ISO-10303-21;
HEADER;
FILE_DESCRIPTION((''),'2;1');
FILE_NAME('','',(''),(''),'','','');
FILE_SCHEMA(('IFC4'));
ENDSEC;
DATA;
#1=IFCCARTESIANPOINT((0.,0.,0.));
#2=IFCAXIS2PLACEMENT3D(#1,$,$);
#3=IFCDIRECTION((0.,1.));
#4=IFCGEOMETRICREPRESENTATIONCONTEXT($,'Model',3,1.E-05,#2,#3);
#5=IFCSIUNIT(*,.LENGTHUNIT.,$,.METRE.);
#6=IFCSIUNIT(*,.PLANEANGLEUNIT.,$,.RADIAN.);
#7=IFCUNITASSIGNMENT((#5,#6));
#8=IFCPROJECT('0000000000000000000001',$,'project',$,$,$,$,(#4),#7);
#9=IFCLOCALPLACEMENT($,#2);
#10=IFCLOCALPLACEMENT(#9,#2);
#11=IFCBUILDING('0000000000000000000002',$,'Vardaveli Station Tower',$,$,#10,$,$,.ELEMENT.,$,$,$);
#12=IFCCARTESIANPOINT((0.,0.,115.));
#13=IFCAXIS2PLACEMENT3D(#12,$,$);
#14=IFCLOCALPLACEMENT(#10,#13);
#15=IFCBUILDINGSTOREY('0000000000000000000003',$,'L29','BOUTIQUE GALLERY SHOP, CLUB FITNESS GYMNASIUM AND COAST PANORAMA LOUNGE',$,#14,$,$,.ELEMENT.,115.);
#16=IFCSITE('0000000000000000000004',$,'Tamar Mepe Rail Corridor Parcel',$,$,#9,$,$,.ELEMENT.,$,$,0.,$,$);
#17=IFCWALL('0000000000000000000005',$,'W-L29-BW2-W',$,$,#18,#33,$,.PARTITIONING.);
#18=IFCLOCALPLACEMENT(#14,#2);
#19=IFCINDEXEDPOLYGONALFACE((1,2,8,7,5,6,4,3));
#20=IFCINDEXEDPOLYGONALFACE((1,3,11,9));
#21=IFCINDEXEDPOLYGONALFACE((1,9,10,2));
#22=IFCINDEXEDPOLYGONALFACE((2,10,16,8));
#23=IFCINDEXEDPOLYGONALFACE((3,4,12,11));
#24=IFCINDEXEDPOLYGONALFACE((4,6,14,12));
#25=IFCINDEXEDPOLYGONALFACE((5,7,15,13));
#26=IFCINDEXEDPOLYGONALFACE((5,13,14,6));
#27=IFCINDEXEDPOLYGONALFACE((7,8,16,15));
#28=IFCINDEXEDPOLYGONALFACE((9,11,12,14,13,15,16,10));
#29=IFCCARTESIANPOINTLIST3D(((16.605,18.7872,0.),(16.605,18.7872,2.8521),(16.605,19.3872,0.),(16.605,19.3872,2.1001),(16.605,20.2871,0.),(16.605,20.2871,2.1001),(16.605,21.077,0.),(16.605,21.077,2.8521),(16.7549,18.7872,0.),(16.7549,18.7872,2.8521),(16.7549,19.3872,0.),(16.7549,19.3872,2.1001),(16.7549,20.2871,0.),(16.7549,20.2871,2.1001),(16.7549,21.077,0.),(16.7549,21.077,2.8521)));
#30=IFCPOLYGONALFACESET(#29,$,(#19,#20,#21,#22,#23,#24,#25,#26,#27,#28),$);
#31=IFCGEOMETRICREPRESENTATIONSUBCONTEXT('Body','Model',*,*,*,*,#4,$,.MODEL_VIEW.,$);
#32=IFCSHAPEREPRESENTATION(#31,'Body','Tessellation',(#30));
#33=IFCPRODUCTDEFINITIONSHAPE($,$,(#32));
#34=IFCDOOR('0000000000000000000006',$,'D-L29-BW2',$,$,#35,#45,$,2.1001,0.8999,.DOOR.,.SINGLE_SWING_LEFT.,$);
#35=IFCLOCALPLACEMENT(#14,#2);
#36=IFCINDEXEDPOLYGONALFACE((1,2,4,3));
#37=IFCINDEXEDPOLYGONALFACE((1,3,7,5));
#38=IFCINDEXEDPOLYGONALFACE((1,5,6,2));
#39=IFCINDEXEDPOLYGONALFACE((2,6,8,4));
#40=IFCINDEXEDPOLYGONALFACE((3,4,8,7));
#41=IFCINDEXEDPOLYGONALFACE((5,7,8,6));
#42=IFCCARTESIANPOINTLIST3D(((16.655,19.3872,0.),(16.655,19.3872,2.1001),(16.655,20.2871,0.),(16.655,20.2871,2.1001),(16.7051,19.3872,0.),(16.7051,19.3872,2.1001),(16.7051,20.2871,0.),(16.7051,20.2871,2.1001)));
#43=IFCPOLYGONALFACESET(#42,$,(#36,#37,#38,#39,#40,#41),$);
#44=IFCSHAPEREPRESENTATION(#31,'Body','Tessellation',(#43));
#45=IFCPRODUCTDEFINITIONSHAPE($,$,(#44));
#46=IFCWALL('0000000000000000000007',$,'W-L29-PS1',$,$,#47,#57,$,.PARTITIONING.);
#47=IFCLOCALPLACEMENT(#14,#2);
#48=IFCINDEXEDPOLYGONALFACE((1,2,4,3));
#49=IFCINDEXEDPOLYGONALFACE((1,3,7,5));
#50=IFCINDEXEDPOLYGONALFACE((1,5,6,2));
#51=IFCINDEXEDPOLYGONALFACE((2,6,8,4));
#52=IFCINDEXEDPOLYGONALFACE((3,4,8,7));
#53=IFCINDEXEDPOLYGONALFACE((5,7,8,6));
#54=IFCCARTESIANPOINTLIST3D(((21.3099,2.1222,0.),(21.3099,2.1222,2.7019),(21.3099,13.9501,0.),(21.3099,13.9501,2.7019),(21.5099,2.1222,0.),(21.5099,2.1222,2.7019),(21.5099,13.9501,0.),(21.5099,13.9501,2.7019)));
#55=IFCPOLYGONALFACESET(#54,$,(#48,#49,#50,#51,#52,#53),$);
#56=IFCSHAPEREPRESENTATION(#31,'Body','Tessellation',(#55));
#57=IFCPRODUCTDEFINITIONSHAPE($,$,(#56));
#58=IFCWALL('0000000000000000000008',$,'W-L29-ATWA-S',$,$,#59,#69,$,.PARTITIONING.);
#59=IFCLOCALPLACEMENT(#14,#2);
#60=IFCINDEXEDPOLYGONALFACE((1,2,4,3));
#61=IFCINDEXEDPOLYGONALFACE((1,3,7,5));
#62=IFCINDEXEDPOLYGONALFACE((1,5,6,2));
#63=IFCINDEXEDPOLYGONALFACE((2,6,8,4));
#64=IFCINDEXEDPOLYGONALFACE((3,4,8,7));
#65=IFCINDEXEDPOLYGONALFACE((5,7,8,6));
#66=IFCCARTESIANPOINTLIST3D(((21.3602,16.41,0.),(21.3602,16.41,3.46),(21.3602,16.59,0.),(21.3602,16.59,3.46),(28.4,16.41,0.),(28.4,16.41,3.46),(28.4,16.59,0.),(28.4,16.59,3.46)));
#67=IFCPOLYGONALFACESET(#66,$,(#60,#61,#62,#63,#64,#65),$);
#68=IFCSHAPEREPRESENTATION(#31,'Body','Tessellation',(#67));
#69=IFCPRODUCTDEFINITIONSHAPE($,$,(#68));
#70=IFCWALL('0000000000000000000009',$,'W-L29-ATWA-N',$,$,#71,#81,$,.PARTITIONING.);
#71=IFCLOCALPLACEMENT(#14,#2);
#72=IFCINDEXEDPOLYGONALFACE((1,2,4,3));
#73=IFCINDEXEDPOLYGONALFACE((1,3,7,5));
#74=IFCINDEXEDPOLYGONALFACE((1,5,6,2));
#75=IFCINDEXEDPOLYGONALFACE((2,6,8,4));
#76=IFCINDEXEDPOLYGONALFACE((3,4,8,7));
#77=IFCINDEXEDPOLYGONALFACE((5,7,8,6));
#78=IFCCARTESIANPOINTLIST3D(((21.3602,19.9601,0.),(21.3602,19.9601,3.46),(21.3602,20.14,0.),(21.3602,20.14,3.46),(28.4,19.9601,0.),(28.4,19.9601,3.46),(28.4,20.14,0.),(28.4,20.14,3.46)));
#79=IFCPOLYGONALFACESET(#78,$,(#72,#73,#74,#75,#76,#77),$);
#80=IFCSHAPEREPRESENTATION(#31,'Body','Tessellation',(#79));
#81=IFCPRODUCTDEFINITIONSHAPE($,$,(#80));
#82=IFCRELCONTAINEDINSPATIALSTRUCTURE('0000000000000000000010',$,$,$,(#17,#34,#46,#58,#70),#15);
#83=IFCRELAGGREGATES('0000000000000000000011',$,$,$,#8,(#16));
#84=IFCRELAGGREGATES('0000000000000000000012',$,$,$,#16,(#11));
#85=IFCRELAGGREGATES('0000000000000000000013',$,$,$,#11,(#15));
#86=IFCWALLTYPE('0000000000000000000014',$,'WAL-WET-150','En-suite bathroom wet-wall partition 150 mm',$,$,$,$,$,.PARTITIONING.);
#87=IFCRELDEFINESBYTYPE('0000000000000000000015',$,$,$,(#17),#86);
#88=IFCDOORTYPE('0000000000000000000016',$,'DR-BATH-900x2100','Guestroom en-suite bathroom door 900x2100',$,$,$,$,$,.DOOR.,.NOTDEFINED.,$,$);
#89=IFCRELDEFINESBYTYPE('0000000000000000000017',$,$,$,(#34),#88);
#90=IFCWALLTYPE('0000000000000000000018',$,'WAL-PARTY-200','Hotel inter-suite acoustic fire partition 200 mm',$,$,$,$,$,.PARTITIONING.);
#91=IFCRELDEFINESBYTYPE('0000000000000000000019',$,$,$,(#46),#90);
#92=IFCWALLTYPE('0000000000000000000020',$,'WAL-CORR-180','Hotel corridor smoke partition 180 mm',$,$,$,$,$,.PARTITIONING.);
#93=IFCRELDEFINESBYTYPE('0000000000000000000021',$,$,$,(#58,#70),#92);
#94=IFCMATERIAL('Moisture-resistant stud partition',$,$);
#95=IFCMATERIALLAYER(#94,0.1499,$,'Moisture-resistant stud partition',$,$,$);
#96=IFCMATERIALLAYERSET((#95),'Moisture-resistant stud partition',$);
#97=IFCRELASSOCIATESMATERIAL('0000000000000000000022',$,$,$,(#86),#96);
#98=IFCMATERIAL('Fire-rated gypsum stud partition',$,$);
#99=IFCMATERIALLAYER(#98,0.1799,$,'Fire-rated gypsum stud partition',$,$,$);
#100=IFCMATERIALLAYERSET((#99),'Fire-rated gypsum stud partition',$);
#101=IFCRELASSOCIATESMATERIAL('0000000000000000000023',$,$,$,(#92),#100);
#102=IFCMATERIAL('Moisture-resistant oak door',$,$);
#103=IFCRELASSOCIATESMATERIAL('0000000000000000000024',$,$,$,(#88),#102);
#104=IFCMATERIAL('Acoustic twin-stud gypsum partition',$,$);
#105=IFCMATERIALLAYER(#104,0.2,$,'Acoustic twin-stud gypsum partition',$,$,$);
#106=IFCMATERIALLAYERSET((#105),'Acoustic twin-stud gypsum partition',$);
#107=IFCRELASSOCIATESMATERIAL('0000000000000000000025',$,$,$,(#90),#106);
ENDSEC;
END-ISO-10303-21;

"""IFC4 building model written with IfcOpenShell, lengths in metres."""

from ifc_helpers import new_model, si_unit, direction, frame, frame_2d, origin, place, context, subcontext, project, spatial, rectangle, extrude, source, transform, mapped, material, layer, layer_set, type_object, element, fill, save


model = new_model("IFC4")

# Units and contexts
model_context = context("Model", 3, precision=1e-05, world=origin(), true_north=direction((0.0, 1.0)))
body_context = subcontext(model_context, "Body", "Model", "MODEL_VIEW")
ifc_project = project(units=[si_unit("LENGTHUNIT", "METRE"), si_unit("PLANEANGLEUNIT", "RADIAN")], contexts=[model_context])

# Site, building, storey
site_placement = place(None, origin())
site = spatial("IfcSite", under=ifc_project, at=site_placement, Name="Tamar Mepe Rail Corridor Parcel", CompositionType="ELEMENT", RefElevation=0.0)
building_placement = place(site_placement, origin())
building = spatial("IfcBuilding", under=site, at=building_placement, Name="Vardaveli Station Tower", CompositionType="ELEMENT")
storey_placement = place(building_placement, frame((0.0, 0.0, 115.0)))
storey = spatial("IfcBuildingStorey", under=building, at=storey_placement, Name="L29", Description="BOUTIQUE GALLERY SHOP, CLUB FITNESS GYMNASIUM AND COAST PANORAMA LOUNGE", CompositionType="ELEMENT", Elevation=115.0)

# Shared definitions
ifc_material_1 = material(Name="Moisture-resistant stud partition")
ifc_layer_1 = layer(ifc_material_1, 0.1499, Name="Moisture-resistant stud partition")
ifc_layer_set_1 = layer_set([ifc_layer_1], Name="Moisture-resistant stud partition")
wall_type_1 = type_object("IfcWallType", Name="WAL-WET-150", Description="En-suite bathroom wet-wall partition 150 mm", PredefinedType="PARTITIONING", material=ifc_layer_set_1)

# Shared definitions
ifc_material_2 = material(Name="Fire-rated gypsum stud partition")
ifc_layer_2 = layer(ifc_material_2, 0.1799, Name="Fire-rated gypsum stud partition")
ifc_layer_set_2 = layer_set([ifc_layer_2], Name="Fire-rated gypsum stud partition")
wall_type_2 = type_object("IfcWallType", Name="WAL-CORR-180", Description="Hotel corridor smoke partition 180 mm", PredefinedType="PARTITIONING", material=ifc_layer_set_2)

# Wall, opening, door
shared_shape_1 = source(origin(), body_context, "Body", "SweptSolid", [
    extrude(rectangle(XDim=2.2898, YDim=0.1499, at=frame_2d((1.145, 0.0))), origin(), (0.0, 0.0, 1.0), 2.8521),
])
wall_1_placement = place(storey_placement, frame((16.6799, 18.7871, 0.0), z_axis=(0.0, 0.0, 1.0), x_axis=(0.0, 1.0, 0.0)))
wall_1 = element("IfcWall", 1, at=wall_1_placement, inside=storey, type_object=wall_type_1, Name="W-L29-BW2-W", PredefinedType="PARTITIONING", context=body_context, shape_type="MappedRepresentation", body=[
    mapped(shared_shape_1, transform((0.0, 0.0, 0.0), scale=1.0)),
])
shared_shape_2 = source(origin(), body_context, "Body", "SweptSolid", [
    extrude(rectangle(XDim=0.8999, YDim=2.1001, at=frame_2d((0.45, 1.05))), frame((0.0, 0.085, 0.0), z_axis=(0.0, -1.0, 0.0), x_axis=(1.0, 0.0, 0.0)), (0.0, 0.0, 1.0), 0.1699),
])
opening_1_placement = place(wall_1_placement, frame((0.6001, 0.0, 0.0)))
opening_1 = element("IfcOpeningElement", 2, at=opening_1_placement, cuts=wall_1, PredefinedType="OPENING", context=body_context, shape_type="MappedRepresentation", body=[
    mapped(shared_shape_2, transform((0.0, 0.0, 0.0), scale=1.0)),
])
ifc_material_3 = material(Name="Moisture-resistant oak door")
door_type_1 = type_object("IfcDoorType", Name="DR-BATH-900x2100", Description="Guestroom en-suite bathroom door 900x2100", OperationType="NOTDEFINED", PredefinedType="DOOR", material=ifc_material_3)
shared_shape_3 = source(origin(), body_context, "Body", "SweptSolid", [
    extrude(rectangle(XDim=0.8999, YDim=2.1001, at=frame_2d((0.45, 1.05))), frame((0.0, 0.0249, 0.0), z_axis=(0.0, -1.0, 0.0), x_axis=(1.0, 0.0, 0.0)), (0.0, 0.0, 1.0), 0.05),
])
door_1_placement = place(opening_1_placement, origin())
door_1 = element("IfcDoor", 3, at=door_1_placement, inside=storey, type_object=door_type_1, Name="D-L29-BW2", OperationType="SINGLE_SWING_LEFT", OverallHeight=2.1001, OverallWidth=0.8999, PredefinedType="DOOR", context=body_context, shape_type="MappedRepresentation", body=[
    mapped(shared_shape_3, transform((0.0, 0.0, 0.0), scale=1.0)),
])
fill(opening_1, door_1)

# Walls
ifc_material_4 = material(Name="Acoustic twin-stud gypsum partition")
ifc_layer_3 = layer(ifc_material_4, 0.2, Name="Acoustic twin-stud gypsum partition")
ifc_layer_set_3 = layer_set([ifc_layer_3], Name="Acoustic twin-stud gypsum partition")
wall_type_3 = type_object("IfcWallType", Name="WAL-PARTY-200", Description="Hotel inter-suite acoustic fire partition 200 mm", PredefinedType="PARTITIONING", material=ifc_layer_set_3)
shared_shape_4 = source(origin(), body_context, "Body", "SweptSolid", [
    extrude(rectangle(XDim=11.8279, YDim=0.2, at=frame_2d((5.9141, 0.0))), origin(), (0.0, 0.0, 1.0), 2.7019),
])
wall_2_placement = place(storey_placement, frame((21.4099, 2.1221, 0.0), z_axis=(0.0, 0.0, 1.0), x_axis=(0.0, 1.0, 0.0)))
element("IfcWall", 4, at=wall_2_placement, inside=storey, type_object=wall_type_3, Name="W-L29-PS1", PredefinedType="PARTITIONING", context=body_context, shape_type="MappedRepresentation", body=[
    mapped(shared_shape_4, transform((0.0, 0.0, 0.0), scale=1.0)),
])
shared_shape_5 = source(origin(), body_context, "Body", "SweptSolid", [
    extrude(rectangle(XDim=7.0398, YDim=0.1799, at=frame_2d((3.52, 0.0))), origin(), (0.0, 0.0, 1.0), 3.46),
])
for number, where, z_axis, x_axis, name in (
    (5, (21.3601, 16.5, 0.0), (0.0, 0.0, 1.0), (1.0, 0.0, 0.0), "W-L29-ATWA-S"),
    (6, (21.3601, 20.05, 0.0), (0.0, 0.0, 1.0), (1.0, 0.0, 0.0), "W-L29-ATWA-N"),
):
    element("IfcWall", number, at=place(storey_placement, frame(where, z_axis=z_axis, x_axis=x_axis)), inside=storey, type_object=wall_type_2, Name=name, PredefinedType="PARTITIONING", context=body_context, shape_type="MappedRepresentation", body=[
        mapped(shared_shape_5, transform((0.0, 0.0, 0.0), scale=1.0)),
    ])

save(model, "model.ifc")
